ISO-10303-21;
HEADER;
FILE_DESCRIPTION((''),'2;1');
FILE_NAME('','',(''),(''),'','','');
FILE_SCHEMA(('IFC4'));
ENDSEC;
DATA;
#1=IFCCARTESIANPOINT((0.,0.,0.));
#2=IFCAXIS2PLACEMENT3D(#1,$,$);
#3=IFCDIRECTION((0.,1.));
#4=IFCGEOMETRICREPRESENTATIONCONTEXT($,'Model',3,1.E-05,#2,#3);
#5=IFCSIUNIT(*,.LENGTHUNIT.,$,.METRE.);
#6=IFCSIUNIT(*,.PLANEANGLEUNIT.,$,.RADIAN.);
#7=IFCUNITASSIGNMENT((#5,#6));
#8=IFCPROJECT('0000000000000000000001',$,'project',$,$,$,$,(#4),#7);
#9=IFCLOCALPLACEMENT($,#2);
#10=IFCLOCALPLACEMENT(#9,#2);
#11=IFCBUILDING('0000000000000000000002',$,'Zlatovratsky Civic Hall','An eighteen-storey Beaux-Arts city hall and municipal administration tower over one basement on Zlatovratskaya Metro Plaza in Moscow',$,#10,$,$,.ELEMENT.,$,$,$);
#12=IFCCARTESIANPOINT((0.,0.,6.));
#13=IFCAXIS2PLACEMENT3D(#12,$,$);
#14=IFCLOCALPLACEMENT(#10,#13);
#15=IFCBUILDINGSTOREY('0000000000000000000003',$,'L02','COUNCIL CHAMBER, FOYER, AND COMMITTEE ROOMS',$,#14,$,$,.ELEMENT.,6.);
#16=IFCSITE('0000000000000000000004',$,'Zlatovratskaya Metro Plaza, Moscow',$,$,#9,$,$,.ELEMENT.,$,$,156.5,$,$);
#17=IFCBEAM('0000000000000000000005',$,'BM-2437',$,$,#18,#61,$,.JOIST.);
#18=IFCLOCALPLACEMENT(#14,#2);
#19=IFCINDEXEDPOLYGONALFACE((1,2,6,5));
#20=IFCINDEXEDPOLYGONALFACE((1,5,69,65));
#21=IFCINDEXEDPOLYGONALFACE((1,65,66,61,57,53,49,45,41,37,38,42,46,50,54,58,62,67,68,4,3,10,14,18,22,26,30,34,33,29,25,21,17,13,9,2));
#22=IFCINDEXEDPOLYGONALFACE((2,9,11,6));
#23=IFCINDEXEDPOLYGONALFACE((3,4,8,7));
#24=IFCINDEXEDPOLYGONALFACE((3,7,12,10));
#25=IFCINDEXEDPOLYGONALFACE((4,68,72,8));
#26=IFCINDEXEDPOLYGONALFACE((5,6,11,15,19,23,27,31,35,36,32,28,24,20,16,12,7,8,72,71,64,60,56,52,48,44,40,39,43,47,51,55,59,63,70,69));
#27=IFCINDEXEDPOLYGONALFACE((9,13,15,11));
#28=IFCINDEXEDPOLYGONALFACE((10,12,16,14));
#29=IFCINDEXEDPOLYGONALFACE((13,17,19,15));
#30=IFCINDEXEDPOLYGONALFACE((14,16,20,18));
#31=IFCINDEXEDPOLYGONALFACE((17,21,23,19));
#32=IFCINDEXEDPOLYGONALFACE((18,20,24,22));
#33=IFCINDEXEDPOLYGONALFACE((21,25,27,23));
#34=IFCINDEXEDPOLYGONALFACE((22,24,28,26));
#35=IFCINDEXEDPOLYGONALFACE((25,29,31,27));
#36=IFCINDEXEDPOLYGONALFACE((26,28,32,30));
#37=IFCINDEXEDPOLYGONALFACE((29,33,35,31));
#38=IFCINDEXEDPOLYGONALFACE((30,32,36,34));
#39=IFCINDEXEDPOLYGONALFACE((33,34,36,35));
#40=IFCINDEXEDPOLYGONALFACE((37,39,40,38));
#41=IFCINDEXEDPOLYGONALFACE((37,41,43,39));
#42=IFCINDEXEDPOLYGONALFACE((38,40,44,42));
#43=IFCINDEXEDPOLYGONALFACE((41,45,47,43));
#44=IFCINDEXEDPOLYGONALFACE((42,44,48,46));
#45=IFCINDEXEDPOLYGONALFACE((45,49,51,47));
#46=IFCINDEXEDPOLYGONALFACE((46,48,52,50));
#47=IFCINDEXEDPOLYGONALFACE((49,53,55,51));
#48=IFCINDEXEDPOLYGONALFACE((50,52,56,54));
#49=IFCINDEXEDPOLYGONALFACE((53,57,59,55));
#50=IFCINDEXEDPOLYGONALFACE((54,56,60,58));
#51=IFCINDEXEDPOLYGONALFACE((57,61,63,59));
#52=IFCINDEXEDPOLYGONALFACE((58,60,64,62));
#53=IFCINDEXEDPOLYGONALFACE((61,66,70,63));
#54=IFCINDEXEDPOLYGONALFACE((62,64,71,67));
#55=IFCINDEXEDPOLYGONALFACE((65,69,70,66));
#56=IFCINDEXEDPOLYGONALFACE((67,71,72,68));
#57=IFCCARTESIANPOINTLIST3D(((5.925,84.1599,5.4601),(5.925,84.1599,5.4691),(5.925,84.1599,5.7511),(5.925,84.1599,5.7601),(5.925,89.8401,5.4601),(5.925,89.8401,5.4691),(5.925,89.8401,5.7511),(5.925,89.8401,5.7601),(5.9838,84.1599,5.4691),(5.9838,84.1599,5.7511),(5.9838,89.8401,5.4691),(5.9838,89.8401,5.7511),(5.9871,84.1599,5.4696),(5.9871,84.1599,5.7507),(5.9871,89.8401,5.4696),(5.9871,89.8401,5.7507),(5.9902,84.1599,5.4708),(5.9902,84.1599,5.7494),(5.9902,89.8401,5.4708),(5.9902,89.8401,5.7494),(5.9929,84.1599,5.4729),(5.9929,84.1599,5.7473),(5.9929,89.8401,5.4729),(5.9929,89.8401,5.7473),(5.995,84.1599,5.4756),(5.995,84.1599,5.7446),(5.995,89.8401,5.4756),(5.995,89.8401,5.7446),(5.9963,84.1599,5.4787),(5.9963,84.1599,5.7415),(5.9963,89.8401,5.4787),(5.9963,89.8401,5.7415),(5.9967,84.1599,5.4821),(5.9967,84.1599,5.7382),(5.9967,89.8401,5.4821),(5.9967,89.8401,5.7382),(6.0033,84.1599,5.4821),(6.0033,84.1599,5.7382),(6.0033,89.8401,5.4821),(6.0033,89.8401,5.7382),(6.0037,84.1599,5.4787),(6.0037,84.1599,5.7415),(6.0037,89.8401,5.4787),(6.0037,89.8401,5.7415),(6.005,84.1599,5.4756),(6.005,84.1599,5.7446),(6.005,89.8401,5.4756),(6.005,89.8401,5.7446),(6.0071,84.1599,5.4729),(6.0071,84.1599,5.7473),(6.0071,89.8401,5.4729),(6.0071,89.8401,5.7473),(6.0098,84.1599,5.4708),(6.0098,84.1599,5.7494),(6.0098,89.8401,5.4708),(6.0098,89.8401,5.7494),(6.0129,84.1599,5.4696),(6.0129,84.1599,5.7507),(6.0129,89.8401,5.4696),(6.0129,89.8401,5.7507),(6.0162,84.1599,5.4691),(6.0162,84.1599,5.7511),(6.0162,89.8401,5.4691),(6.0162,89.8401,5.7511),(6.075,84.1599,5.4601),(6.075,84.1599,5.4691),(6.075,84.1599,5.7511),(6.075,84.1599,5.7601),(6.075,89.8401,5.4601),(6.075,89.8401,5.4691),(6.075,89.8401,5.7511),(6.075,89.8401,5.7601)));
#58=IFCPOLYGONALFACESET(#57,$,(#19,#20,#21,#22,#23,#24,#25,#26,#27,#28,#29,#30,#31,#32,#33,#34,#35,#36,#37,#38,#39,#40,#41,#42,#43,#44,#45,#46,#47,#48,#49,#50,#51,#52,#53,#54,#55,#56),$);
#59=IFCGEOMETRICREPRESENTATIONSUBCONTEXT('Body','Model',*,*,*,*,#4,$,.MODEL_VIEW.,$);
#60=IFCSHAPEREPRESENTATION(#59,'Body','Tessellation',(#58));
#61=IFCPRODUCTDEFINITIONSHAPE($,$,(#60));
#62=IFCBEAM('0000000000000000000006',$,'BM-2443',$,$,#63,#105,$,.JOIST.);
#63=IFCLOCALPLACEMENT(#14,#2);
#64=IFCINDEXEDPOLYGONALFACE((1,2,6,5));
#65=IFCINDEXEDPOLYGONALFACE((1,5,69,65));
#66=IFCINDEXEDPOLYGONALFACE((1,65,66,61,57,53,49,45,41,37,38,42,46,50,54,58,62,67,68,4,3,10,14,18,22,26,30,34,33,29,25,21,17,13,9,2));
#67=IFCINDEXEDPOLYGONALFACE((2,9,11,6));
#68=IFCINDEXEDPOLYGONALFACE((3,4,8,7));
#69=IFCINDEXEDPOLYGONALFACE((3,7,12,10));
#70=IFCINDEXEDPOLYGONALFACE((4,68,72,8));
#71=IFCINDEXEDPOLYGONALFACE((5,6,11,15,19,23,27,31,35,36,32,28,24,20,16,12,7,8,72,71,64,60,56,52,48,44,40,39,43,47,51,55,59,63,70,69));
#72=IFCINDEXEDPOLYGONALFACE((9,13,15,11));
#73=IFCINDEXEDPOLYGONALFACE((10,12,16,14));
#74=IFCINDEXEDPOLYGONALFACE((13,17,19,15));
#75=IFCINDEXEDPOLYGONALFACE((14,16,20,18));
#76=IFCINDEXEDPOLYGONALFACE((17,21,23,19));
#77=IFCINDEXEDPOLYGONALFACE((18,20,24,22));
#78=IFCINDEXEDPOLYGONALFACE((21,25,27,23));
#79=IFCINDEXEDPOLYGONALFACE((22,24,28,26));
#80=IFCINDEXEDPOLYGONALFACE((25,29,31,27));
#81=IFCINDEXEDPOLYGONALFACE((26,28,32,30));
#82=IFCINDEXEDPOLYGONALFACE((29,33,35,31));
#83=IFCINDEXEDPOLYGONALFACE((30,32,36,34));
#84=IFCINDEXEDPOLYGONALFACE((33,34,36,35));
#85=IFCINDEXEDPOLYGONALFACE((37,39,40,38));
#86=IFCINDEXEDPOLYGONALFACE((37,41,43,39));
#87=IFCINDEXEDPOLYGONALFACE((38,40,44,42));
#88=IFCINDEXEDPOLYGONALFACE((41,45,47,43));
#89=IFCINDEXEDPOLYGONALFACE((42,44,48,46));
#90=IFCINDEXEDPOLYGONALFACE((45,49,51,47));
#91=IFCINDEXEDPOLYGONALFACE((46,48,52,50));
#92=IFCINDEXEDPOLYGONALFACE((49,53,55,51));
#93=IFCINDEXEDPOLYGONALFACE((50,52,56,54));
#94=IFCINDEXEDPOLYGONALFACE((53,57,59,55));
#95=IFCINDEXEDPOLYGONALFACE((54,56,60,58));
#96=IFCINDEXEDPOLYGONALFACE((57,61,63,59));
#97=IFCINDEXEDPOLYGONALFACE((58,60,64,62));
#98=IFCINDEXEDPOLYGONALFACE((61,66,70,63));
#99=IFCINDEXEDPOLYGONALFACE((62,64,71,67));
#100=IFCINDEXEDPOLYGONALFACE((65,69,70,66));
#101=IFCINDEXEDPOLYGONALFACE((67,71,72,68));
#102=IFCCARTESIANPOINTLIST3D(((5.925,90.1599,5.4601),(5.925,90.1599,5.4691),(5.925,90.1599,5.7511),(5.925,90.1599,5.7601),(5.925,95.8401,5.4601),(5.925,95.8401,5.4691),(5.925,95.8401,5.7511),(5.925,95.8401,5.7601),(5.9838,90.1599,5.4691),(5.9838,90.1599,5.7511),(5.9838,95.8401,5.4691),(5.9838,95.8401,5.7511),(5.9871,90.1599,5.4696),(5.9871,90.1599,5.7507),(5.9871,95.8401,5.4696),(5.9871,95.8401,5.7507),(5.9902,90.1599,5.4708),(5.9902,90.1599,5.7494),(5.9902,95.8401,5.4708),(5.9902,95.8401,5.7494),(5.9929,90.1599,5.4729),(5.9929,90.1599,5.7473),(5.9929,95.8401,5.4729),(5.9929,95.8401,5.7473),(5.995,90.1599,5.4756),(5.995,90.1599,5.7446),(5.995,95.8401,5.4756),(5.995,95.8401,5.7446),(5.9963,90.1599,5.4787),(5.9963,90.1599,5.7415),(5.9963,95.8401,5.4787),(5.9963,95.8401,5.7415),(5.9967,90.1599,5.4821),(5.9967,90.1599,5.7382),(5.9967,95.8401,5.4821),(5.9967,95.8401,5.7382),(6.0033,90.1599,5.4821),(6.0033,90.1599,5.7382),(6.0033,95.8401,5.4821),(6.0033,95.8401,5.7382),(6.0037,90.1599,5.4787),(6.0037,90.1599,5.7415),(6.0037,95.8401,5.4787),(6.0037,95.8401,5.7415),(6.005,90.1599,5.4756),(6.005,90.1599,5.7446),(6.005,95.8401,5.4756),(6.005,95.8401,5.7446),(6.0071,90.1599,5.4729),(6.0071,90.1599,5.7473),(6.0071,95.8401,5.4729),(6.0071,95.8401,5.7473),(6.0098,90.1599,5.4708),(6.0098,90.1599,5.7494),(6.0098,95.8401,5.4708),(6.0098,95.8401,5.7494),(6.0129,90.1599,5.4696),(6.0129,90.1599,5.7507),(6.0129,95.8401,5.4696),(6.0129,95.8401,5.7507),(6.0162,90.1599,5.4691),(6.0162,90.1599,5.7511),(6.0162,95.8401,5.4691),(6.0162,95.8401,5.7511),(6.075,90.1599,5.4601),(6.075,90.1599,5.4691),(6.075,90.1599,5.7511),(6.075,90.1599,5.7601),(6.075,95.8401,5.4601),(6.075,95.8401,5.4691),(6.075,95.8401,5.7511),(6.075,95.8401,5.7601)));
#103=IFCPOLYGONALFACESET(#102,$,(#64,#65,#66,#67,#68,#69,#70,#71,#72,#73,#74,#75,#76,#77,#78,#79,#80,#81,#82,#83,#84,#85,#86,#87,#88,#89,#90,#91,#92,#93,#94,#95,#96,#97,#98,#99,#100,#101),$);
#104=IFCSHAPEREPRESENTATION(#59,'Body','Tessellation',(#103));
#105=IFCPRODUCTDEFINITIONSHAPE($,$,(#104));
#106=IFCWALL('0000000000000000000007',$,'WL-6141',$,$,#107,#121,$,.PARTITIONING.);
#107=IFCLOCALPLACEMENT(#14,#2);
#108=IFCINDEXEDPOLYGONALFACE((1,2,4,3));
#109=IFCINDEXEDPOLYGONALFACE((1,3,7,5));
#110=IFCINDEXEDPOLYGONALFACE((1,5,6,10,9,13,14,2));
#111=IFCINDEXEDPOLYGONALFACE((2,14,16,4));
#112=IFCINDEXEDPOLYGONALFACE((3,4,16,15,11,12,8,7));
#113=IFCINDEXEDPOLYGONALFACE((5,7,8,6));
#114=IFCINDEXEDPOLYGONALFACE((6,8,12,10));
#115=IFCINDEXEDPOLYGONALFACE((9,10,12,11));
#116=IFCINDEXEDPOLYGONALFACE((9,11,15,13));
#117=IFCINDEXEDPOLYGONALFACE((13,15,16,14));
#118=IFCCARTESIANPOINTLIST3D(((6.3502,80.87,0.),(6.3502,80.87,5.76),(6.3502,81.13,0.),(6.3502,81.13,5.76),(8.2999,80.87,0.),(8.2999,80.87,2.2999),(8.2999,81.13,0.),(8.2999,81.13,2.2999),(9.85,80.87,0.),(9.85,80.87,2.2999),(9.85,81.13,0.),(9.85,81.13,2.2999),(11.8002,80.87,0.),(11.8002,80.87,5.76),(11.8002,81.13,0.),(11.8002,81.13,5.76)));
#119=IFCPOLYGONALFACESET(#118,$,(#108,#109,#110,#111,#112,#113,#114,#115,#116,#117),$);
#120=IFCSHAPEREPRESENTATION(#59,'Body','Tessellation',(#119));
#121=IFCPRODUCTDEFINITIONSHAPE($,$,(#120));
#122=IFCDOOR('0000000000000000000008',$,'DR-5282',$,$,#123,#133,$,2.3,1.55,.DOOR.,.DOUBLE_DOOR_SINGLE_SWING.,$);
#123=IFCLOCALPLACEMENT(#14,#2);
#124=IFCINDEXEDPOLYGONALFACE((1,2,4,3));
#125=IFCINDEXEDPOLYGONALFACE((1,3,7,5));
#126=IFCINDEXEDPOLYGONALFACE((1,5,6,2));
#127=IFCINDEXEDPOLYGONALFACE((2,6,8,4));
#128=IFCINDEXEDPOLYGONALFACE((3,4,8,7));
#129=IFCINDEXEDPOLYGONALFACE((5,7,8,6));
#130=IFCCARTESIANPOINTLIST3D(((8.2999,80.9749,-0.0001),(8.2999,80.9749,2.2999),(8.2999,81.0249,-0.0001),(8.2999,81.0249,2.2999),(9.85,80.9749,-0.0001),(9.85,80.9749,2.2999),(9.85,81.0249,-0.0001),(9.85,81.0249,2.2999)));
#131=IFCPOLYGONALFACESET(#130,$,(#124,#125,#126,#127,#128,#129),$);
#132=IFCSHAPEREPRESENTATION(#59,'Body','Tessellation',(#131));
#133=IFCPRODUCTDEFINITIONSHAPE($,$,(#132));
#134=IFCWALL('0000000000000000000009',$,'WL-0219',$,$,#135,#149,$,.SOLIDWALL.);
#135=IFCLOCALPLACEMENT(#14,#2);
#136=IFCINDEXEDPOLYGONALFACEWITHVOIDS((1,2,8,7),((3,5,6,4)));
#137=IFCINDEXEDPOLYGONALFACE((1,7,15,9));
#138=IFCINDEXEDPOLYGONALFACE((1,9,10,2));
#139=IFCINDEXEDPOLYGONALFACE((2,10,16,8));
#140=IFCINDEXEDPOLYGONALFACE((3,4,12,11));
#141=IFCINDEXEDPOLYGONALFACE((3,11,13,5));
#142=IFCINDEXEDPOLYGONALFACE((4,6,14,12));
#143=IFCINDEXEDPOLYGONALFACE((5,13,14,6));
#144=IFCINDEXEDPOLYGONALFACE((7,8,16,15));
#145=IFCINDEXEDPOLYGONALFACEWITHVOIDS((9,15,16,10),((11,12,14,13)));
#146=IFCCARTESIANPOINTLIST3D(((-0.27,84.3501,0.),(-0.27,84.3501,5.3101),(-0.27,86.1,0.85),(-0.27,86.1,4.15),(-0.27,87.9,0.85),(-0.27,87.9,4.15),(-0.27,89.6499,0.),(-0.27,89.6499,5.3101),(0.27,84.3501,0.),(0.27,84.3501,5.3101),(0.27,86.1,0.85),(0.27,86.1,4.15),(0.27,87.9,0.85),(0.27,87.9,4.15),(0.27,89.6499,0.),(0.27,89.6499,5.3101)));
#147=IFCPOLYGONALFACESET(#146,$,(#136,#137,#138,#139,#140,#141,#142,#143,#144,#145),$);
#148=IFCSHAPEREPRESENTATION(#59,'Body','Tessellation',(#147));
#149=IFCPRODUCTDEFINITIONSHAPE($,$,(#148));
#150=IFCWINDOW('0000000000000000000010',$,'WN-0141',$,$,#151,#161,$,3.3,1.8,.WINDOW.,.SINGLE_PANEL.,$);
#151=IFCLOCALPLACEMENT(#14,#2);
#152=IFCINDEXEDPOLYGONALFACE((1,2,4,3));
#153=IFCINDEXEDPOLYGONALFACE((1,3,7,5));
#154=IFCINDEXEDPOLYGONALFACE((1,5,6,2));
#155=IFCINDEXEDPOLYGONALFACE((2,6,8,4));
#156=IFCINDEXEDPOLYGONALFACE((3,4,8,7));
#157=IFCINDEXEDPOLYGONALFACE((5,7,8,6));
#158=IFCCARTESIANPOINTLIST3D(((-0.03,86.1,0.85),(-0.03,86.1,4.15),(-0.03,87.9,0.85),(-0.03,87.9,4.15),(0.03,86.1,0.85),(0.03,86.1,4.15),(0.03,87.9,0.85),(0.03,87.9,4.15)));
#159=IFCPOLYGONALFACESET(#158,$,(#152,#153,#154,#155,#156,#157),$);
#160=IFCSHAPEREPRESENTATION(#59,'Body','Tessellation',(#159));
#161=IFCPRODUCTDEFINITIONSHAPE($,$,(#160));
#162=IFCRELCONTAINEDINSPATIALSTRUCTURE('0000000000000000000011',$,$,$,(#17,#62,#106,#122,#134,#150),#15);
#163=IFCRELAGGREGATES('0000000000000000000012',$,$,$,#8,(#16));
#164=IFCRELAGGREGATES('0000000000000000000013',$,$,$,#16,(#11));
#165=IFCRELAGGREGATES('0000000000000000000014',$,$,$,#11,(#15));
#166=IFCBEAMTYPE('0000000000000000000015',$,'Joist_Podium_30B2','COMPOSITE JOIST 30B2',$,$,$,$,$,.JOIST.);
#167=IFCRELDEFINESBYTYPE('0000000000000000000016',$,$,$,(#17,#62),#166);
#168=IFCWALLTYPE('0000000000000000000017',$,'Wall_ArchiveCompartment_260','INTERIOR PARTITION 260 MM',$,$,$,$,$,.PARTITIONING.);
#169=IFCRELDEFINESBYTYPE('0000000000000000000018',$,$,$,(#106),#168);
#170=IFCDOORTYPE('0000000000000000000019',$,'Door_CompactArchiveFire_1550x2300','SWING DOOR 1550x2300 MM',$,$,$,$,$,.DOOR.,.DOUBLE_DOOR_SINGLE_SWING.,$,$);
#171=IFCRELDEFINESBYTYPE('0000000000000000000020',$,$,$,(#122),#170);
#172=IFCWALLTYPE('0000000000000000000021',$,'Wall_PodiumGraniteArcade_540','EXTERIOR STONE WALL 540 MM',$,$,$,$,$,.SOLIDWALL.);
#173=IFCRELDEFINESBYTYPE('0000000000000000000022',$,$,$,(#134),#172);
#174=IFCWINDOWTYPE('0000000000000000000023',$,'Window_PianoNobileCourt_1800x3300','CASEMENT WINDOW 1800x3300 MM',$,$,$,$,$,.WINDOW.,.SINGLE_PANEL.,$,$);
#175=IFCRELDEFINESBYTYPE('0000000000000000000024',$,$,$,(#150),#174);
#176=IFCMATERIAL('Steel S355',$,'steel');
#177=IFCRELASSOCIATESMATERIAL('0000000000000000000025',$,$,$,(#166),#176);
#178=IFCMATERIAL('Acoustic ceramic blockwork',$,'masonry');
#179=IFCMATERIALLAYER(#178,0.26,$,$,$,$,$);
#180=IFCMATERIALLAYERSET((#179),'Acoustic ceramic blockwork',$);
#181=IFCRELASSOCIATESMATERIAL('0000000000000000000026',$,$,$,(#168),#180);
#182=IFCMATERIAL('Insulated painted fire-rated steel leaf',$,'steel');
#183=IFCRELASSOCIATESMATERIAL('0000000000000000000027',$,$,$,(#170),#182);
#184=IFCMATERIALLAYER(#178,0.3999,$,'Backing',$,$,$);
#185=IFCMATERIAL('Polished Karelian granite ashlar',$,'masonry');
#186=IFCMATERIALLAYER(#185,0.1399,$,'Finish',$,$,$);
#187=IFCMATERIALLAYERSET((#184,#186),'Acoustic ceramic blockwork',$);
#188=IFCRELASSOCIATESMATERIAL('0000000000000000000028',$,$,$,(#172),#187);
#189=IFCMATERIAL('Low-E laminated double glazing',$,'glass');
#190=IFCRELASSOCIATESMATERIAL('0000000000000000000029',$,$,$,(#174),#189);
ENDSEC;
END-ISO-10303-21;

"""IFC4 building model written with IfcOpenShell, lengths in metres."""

from ifc_helpers import new_model, si_unit, direction, frame, frame_2d, origin, origin_2d, place, context, subcontext, project, spatial, rectangle, i_section, extrude, material, layer, layer_set, material_profile, profile_set, type_object, element, fill, save


model = new_model("IFC4")

# Units and contexts
model_context = context("Model", 3, precision=1e-05, world=origin(), true_north=direction((0.0, 1.0)))
body_context = subcontext(model_context, "Body", "Model", "MODEL_VIEW")
ifc_project = project(units=[si_unit("LENGTHUNIT", "METRE"), si_unit("PLANEANGLEUNIT", "RADIAN")], contexts=[model_context])

# Site, building, storey
site_placement = place(None, origin())
site = spatial("IfcSite", under=ifc_project, at=site_placement, Name="Zlatovratskaya Metro Plaza, Moscow", CompositionType="ELEMENT", RefElevation=156.5)
building_placement = place(site_placement, origin())
building = spatial("IfcBuilding", under=site, at=building_placement, Name="Zlatovratsky Civic Hall", Description="An eighteen-storey Beaux-Arts city hall and municipal administration tower over one basement on Zlatovratskaya Metro Plaza in Moscow", CompositionType="ELEMENT")
storey_placement = place(building_placement, frame((0.0, 0.0, 6.0)))
storey = spatial("IfcBuildingStorey", under=building, at=storey_placement, Name="L02", Description="COUNCIL CHAMBER, FOYER, AND COMMITTEE ROOMS", CompositionType="ELEMENT", Elevation=6.0)

# Beams
ifc_material_1 = material(Name="Steel S355", Category="steel")
ifc_material_profile_1 = material_profile(ifc_material_1, i_section(OverallWidth=0.1499, OverallDepth=0.3, WebThickness=0.0066, FlangeThickness=0.009, FilletRadius=0.0129, at=origin_2d()), Name="30B2")
ifc_profile_set_1 = profile_set([ifc_material_profile_1], Name="Steel S355")
beam_type_1 = type_object("IfcBeamType", Name="Joist_Podium_30B2", Description="COMPOSITE JOIST 30B2", PredefinedType="JOIST", material=ifc_profile_set_1)
for number, where, z_axis, x_axis, name in (
    (1, (6.0, 84.1599, 5.6101), (0.0, 1.0, 0.0), (-1.0, 0.0, 0.0), "BM-2437"),
    (2, (6.0, 90.1599, 5.6101), (0.0, 1.0, 0.0), (-1.0, 0.0, 0.0), "BM-2443"),
):
    element("IfcBeam", number, at=place(storey_placement, frame(where, z_axis=z_axis, x_axis=x_axis)), inside=storey, type_object=beam_type_1, Name=name, PredefinedType="JOIST", context=body_context, shape_type="SweptSolid", body=[
        extrude(i_section(OverallWidth=0.1499, OverallDepth=0.3, WebThickness=0.0066, FlangeThickness=0.009, FilletRadius=0.0129, at=origin_2d()), origin(), (0.0, 0.0, 1.0), 5.6802),
    ])

# Wall, opening, door
ifc_material_2 = material(Name="Acoustic ceramic blockwork", Category="masonry")
ifc_layer_1 = layer(ifc_material_2, 0.26)
ifc_layer_set_1 = layer_set([ifc_layer_1], Name="Acoustic ceramic blockwork")
wall_type_1 = type_object("IfcWallType", Name="Wall_ArchiveCompartment_260", Description="INTERIOR PARTITION 260 MM", PredefinedType="PARTITIONING", material=ifc_layer_set_1)
wall_1_placement = place(storey_placement, frame((6.3501, 81.0, 0.0), z_axis=(0.0, 0.0, 1.0), x_axis=(1.0, 0.0, 0.0)))
wall_1 = element("IfcWall", 3, at=wall_1_placement, inside=storey, type_object=wall_type_1, Name="WL-6141", PredefinedType="PARTITIONING", context=body_context, shape_type="SweptSolid", body=[
    extrude(rectangle(XDim=5.45, YDim=0.26, at=frame_2d((2.7251, 0.0))), origin(), (0.0, 0.0, 1.0), 5.76),
])
opening_1_placement = place(wall_1_placement, frame((1.95, 0.0, 0.0)))
opening_1 = element("IfcOpeningElement", 4, at=opening_1_placement, cuts=wall_1, PredefinedType="OPENING", context=body_context, shape_type="SweptSolid", body=[
    extrude(rectangle(XDim=1.55, YDim=2.3, at=frame_2d((0.7749, 1.1499))), frame((0.0, 0.145, 0.0), z_axis=(0.0, -1.0, 0.0), x_axis=(1.0, 0.0, 0.0)), (0.0, 0.0, 1.0), 0.2898),
])
ifc_material_3 = material(Name="Insulated painted fire-rated steel leaf", Category="steel")
door_type_1 = type_object("IfcDoorType", Name="Door_CompactArchiveFire_1550x2300", Description="SWING DOOR 1550x2300 MM", OperationType="DOUBLE_DOOR_SINGLE_SWING", PredefinedType="DOOR", material=ifc_material_3)
door_1_placement = place(opening_1_placement, origin())
door_1 = element("IfcDoor", 5, at=door_1_placement, inside=storey, type_object=door_type_1, Name="DR-5282", OperationType="DOUBLE_DOOR_SINGLE_SWING", OverallHeight=2.3, OverallWidth=1.55, PredefinedType="DOOR", context=body_context, shape_type="SweptSolid", body=[
    extrude(rectangle(XDim=1.55, YDim=2.3, at=frame_2d((0.7749, 1.1499))), frame((0.0, 0.0249, 0.0), z_axis=(0.0, -1.0, 0.0), x_axis=(1.0, 0.0, 0.0)), (0.0, 0.0, 1.0), 0.05),
])
fill(opening_1, door_1)

# Wall, opening, window
ifc_layer_2 = layer(ifc_material_2, 0.3999, Name="Backing")
ifc_material_4 = material(Name="Polished Karelian granite ashlar", Category="masonry")
ifc_layer_3 = layer(ifc_material_4, 0.1399, Name="Finish")
ifc_layer_set_2 = layer_set([ifc_layer_2, ifc_layer_3], Name="Acoustic ceramic blockwork")
wall_type_2 = type_object("IfcWallType", Name="Wall_PodiumGraniteArcade_540", Description="EXTERIOR STONE WALL 540 MM", PredefinedType="SOLIDWALL", material=ifc_layer_set_2)
wall_2_placement = place(storey_placement, frame((0.0, 84.3501, 0.0), z_axis=(0.0, 0.0, 1.0), x_axis=(0.0, 1.0, 0.0)))
wall_2 = element("IfcWall", 6, at=wall_2_placement, inside=storey, type_object=wall_type_2, Name="WL-0219", PredefinedType="SOLIDWALL", context=body_context, shape_type="SweptSolid", body=[
    extrude(rectangle(XDim=5.2998, YDim=0.54, at=frame_2d((2.6499, 0.0))), origin(), (0.0, 0.0, 1.0), 5.3101),
])
opening_2_placement = place(wall_2_placement, frame((1.75, 0.0, 0.8501)))
opening_2 = element("IfcOpeningElement", 7, at=opening_2_placement, cuts=wall_2, PredefinedType="OPENING", context=body_context, shape_type="SweptSolid", body=[
    extrude(rectangle(XDim=1.8, YDim=3.3, at=frame_2d((0.8999, 1.6499))), frame((0.0, 0.2849, 0.0), z_axis=(0.0, -1.0, 0.0), x_axis=(1.0, 0.0, 0.0)), (0.0, 0.0, 1.0), 0.5698),
])
ifc_material_5 = material(Name="Low-E laminated double glazing", Category="glass")
window_type = type_object("IfcWindowType", Name="Window_PianoNobileCourt_1800x3300", Description="CASEMENT WINDOW 1800x3300 MM", PartitioningType="SINGLE_PANEL", PredefinedType="WINDOW", material=ifc_material_5)
window_1_placement = place(opening_2_placement, origin())
window_1 = element("IfcWindow", 8, at=window_1_placement, inside=storey, type_object=window_type, Name="WN-0141", OverallHeight=3.3, OverallWidth=1.8, PartitioningType="SINGLE_PANEL", PredefinedType="WINDOW", context=body_context, shape_type="SweptSolid", body=[
    extrude(rectangle(XDim=1.8, YDim=3.3, at=frame_2d((0.8999, 1.6499))), frame((0.0, 0.03, 0.0), z_axis=(0.0, -1.0, 0.0), x_axis=(1.0, 0.0, 0.0)), (0.0, 0.0, 1.0), 0.0601),
])
fill(opening_2, window_1)

save(model, "model.ifc")
